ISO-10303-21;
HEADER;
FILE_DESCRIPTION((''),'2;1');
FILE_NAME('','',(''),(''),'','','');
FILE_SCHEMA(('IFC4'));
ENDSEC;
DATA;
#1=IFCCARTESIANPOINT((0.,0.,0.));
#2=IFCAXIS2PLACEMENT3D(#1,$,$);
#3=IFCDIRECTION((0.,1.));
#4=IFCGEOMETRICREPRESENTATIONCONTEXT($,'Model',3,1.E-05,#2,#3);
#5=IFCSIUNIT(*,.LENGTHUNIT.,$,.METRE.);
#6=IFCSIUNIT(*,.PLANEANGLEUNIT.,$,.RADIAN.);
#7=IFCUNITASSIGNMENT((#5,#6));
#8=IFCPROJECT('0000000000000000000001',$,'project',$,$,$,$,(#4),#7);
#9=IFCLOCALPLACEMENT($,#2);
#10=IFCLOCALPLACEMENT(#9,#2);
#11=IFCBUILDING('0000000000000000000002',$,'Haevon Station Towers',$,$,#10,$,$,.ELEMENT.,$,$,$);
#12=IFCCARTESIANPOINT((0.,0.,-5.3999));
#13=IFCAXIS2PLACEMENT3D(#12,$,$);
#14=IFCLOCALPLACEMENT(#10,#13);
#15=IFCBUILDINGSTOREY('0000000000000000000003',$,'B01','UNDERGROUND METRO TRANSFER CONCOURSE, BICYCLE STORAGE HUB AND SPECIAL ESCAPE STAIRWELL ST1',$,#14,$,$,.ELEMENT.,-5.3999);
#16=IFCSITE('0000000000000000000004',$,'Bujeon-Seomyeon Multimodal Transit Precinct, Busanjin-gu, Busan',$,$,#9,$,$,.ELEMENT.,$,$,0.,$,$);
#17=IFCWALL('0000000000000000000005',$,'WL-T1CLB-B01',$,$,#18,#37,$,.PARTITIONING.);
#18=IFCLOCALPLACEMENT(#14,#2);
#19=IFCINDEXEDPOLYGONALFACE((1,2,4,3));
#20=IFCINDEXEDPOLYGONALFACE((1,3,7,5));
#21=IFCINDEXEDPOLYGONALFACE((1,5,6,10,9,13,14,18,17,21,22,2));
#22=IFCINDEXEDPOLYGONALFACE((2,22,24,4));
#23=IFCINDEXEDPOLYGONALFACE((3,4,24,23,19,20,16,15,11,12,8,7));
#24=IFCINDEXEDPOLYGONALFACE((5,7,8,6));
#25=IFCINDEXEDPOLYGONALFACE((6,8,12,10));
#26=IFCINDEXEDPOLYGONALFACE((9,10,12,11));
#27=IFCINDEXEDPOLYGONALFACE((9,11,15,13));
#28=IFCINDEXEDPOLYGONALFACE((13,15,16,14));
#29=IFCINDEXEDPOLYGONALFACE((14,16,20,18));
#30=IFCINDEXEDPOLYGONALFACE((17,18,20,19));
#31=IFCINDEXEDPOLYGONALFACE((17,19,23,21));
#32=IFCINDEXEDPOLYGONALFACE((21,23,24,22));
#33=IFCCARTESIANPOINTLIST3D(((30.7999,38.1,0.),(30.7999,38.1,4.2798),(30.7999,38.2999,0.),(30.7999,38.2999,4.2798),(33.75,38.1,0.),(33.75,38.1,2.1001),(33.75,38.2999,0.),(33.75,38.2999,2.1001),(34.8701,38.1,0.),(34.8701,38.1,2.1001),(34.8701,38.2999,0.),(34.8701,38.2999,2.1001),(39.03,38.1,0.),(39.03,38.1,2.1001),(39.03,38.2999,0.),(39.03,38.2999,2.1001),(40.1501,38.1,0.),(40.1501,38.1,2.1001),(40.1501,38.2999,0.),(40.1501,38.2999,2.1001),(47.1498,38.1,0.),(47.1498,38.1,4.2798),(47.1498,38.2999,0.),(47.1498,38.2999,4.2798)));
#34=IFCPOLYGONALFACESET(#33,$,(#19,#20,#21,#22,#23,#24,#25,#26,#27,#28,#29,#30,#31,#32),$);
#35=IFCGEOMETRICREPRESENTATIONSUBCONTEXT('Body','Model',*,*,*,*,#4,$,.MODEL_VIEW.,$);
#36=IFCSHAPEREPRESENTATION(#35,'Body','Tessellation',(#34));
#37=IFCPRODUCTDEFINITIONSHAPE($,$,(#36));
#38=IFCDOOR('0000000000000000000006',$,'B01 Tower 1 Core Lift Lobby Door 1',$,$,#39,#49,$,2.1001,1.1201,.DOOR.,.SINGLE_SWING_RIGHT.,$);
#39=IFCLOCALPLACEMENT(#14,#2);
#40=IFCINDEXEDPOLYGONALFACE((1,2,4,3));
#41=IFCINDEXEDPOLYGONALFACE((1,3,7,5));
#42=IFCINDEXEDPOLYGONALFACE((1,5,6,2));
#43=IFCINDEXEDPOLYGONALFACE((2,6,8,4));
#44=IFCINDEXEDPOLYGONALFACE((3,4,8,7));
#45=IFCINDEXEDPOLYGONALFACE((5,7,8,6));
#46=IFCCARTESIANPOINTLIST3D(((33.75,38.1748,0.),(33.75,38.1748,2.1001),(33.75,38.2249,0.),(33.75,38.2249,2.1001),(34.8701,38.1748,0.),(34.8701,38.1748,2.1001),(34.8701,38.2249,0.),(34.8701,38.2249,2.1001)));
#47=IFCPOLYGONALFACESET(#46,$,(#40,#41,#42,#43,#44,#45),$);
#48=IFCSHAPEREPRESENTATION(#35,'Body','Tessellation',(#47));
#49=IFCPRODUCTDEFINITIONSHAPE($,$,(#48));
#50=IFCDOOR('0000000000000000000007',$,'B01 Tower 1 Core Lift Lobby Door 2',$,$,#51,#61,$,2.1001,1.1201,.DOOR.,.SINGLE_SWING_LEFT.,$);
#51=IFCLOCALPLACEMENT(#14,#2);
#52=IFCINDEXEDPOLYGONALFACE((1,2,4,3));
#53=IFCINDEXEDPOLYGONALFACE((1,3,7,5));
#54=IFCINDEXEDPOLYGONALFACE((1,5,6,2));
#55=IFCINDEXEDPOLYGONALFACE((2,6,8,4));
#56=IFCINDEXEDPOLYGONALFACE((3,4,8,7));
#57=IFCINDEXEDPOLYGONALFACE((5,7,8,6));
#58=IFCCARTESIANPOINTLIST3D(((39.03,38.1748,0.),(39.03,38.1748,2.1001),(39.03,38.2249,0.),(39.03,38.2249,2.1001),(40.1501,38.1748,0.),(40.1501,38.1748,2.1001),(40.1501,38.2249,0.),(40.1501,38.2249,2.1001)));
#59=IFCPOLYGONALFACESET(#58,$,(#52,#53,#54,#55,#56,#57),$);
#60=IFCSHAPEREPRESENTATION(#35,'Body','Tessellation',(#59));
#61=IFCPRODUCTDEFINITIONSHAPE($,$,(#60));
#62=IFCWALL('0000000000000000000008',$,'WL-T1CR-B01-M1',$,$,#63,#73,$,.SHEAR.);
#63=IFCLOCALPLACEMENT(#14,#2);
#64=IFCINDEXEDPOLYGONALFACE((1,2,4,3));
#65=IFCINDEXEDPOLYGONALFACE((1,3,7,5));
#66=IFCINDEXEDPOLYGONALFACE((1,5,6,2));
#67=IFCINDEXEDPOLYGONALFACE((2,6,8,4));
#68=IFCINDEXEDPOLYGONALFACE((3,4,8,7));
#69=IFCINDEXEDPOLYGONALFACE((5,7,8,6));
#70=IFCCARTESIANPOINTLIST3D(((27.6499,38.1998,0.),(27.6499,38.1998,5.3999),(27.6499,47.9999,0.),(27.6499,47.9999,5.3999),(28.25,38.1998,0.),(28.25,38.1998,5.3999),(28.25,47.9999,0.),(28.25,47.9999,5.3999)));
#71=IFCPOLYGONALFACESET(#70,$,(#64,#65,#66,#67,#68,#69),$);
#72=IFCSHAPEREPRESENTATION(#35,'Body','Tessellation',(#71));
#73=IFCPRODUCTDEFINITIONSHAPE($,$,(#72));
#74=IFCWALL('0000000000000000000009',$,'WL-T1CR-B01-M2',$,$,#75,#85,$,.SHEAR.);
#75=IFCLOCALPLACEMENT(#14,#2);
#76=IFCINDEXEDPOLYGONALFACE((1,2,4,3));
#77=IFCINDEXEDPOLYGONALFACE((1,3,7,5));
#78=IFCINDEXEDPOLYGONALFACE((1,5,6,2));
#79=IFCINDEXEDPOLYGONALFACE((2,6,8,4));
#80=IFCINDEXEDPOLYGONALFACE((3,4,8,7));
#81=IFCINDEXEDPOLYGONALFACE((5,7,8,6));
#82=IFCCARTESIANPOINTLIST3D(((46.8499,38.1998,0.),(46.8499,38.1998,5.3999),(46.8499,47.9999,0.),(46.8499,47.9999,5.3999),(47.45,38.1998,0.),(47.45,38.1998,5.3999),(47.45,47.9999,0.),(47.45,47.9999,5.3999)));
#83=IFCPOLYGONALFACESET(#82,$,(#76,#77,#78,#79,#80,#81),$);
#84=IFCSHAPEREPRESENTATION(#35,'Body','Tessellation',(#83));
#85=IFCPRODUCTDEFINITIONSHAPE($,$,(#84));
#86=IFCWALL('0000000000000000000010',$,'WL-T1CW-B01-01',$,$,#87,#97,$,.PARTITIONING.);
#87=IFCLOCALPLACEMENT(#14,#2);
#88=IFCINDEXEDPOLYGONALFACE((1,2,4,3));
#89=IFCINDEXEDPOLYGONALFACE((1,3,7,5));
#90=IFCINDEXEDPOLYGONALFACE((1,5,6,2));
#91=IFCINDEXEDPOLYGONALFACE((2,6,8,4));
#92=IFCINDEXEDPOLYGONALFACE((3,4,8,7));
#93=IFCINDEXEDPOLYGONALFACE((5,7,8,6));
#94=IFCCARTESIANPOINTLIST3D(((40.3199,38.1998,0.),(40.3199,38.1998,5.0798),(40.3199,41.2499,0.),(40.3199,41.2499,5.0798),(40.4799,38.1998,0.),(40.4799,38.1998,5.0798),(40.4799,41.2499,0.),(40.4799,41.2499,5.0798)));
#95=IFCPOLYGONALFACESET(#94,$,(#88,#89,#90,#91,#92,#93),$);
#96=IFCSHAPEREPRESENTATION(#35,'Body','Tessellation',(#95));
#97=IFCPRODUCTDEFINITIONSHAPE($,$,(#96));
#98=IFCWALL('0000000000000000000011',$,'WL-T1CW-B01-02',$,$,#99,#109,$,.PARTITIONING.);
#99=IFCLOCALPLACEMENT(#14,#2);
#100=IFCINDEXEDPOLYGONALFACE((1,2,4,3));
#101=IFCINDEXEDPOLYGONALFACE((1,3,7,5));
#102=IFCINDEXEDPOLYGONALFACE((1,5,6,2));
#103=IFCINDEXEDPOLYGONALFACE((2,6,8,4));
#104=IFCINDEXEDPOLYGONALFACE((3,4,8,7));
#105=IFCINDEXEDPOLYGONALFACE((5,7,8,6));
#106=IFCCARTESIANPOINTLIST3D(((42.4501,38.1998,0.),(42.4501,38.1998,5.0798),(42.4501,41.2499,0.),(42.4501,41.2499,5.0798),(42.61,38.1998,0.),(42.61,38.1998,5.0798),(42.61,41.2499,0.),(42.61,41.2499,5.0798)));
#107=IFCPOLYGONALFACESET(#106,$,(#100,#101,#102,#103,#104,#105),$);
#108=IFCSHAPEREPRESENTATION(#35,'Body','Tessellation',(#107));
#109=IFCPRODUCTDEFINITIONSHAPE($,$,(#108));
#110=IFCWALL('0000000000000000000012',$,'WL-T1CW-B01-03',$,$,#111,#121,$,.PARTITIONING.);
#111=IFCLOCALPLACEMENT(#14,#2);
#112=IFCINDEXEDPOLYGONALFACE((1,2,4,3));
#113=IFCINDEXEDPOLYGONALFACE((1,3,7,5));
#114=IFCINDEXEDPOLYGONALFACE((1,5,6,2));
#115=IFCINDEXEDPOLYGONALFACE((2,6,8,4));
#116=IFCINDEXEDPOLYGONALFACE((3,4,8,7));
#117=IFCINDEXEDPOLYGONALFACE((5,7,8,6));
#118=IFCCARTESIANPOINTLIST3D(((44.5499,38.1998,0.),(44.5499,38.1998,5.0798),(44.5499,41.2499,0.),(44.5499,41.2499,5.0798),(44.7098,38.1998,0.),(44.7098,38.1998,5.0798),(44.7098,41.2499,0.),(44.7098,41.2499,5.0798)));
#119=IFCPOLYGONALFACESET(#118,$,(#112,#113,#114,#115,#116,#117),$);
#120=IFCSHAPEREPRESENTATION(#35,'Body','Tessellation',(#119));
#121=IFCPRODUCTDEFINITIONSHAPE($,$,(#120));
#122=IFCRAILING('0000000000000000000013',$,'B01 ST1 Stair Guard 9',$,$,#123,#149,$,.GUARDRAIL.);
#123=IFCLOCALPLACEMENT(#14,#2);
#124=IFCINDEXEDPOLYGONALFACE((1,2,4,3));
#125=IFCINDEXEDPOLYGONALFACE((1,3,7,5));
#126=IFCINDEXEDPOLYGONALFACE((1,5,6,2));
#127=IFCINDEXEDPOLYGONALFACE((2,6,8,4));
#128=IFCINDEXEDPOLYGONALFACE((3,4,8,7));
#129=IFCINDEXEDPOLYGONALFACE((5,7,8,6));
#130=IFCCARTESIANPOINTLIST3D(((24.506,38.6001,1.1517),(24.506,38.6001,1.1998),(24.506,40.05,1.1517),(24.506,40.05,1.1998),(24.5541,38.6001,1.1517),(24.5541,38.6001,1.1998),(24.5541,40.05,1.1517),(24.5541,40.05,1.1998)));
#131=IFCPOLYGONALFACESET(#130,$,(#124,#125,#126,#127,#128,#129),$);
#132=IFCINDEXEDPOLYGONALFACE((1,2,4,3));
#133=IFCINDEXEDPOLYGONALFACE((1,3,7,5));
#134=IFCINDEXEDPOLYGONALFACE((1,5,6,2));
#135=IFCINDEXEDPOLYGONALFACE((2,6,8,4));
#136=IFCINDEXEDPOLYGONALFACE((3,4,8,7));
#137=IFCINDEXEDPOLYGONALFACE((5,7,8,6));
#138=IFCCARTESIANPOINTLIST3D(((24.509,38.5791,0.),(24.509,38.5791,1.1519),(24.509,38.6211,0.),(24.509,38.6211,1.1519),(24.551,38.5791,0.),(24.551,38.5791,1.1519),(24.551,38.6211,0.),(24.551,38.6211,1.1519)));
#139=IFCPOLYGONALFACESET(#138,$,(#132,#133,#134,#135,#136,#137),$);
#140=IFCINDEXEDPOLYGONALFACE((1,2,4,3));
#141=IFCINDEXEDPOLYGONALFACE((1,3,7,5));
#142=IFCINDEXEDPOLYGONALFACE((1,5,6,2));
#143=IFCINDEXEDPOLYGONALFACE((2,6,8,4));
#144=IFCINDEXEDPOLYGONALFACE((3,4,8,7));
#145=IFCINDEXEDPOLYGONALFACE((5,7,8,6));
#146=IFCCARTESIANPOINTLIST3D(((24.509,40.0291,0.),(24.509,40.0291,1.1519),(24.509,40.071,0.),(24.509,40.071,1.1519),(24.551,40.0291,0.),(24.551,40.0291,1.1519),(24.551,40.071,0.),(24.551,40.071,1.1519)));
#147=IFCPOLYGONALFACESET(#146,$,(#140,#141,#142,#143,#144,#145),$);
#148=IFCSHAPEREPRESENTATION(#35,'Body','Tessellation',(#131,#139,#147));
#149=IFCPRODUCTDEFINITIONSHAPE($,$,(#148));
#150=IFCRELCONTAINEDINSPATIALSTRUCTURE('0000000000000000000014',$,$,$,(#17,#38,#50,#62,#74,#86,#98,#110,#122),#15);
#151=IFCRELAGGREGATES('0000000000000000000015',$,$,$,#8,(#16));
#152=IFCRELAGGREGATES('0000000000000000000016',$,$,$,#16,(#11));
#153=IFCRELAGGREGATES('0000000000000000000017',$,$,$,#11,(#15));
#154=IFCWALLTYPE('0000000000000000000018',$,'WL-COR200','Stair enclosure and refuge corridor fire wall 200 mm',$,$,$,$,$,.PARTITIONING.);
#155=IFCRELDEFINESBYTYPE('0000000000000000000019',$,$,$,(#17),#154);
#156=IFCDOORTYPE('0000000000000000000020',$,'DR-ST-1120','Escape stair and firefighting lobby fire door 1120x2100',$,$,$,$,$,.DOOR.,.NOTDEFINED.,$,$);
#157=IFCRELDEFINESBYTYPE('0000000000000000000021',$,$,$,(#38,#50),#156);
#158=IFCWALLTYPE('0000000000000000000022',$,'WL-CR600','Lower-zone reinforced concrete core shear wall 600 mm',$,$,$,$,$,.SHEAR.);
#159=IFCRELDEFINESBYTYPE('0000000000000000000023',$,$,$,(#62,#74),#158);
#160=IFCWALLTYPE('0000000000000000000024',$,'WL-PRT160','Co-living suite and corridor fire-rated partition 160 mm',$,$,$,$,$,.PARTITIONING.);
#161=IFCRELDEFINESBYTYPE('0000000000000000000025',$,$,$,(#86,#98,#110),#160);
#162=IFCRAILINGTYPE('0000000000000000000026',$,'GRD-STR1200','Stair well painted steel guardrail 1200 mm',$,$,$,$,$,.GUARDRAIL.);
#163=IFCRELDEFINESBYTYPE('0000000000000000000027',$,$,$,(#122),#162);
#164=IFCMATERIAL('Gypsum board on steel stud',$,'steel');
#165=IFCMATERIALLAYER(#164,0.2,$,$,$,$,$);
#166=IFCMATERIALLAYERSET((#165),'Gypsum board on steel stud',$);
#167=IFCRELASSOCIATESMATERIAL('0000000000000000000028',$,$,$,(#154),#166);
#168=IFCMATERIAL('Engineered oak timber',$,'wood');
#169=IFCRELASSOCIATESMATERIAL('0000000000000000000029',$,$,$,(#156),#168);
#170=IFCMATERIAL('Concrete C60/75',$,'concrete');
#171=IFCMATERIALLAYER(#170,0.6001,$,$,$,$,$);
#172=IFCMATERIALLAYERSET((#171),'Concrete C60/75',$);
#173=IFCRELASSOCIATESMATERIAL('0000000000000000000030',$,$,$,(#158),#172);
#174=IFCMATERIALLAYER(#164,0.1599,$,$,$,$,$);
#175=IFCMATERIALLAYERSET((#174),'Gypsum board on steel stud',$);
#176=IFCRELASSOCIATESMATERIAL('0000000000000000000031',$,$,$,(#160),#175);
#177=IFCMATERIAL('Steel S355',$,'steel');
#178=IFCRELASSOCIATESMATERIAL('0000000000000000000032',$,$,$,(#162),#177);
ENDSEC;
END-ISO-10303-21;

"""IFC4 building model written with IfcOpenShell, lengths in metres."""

from ifc_helpers import new_model, si_unit, direction, frame, frame_2d, origin, origin_2d, place, context, subcontext, project, spatial, rectangle, extrude, material, layer, layer_set, type_object, element, fill, save


model = new_model("IFC4")

# Units and contexts
model_context = context("Model", 3, precision=1e-05, world=origin(), true_north=direction((0.0, 1.0)))
body_context = subcontext(model_context, "Body", "Model", "MODEL_VIEW")
ifc_project = project(units=[si_unit("LENGTHUNIT", "METRE"), si_unit("PLANEANGLEUNIT", "RADIAN")], contexts=[model_context])

# Site, building, storey
site_placement = place(None, origin())
site = spatial("IfcSite", under=ifc_project, at=site_placement, Name="Bujeon-Seomyeon Multimodal Transit Precinct, Busanjin-gu, Busan", CompositionType="ELEMENT", RefElevation=0.0)
building_placement = place(site_placement, origin())
building = spatial("IfcBuilding", under=site, at=building_placement, Name="Haevon Station Towers", CompositionType="ELEMENT")
storey_placement = place(building_placement, frame((0.0, 0.0, -5.3999)))
storey = spatial("IfcBuildingStorey", under=building, at=storey_placement, Name="B01", Description="UNDERGROUND METRO TRANSFER CONCOURSE, BICYCLE STORAGE HUB AND SPECIAL ESCAPE STAIRWELL ST1", CompositionType="ELEMENT", Elevation=-5.3999)

# Shared definitions
ifc_material_1 = material(Name="Steel S355", Category="steel")

# Shared definitions
ifc_material_2 = material(Name="Gypsum board on steel stud", Category="steel")
ifc_layer_1 = layer(ifc_material_2, 0.2)
ifc_layer_set_1 = layer_set([ifc_layer_1], Name="Gypsum board on steel stud")
wall_type_1 = type_object("IfcWallType", Name="WL-COR200", Description="Stair enclosure and refuge corridor fire wall 200 mm", PredefinedType="PARTITIONING", material=ifc_layer_set_1)
ifc_material_3 = material(Name="Engineered oak timber", Category="wood")
door_type_1 = type_object("IfcDoorType", Name="DR-ST-1120", Description="Escape stair and firefighting lobby fire door 1120x2100", OperationType="NOTDEFINED", PredefinedType="DOOR", material=ifc_material_3)

# Wall, openings, doors
wall_1_placement = place(storey_placement, frame((30.8, 38.2, 0.0), z_axis=(0.0, 0.0, 1.0), x_axis=(1.0, 0.0, 0.0)))
wall_1 = element("IfcWall", 1, at=wall_1_placement, inside=storey, type_object=wall_type_1, Name="WL-T1CLB-B01", PredefinedType="PARTITIONING", context=body_context, shape_type="SweptSolid", body=[
    extrude(rectangle(XDim=16.3499, YDim=0.2, at=frame_2d((8.1748, 0.0))), origin(), (0.0, 0.0, 1.0), 4.2798),
])
opening_1_placement = place(wall_1_placement, frame((2.95, 0.0, 0.0)))
opening_1 = element("IfcOpeningElement", 2, at=opening_1_placement, cuts=wall_1, PredefinedType="OPENING", context=body_context, shape_type="SweptSolid", body=[
    extrude(rectangle(XDim=1.1201, YDim=2.1001, at=frame_2d((0.5601, 1.05))), frame((0.0, 0.1099, 0.0), z_axis=(0.0, -1.0, 0.0), x_axis=(1.0, 0.0, 0.0)), (0.0, 0.0, 1.0), 0.22),
])
opening_2_placement = place(wall_1_placement, frame((8.23, 0.0, 0.0)))
opening_2 = element("IfcOpeningElement", 3, at=opening_2_placement, cuts=wall_1, PredefinedType="OPENING", context=body_context, shape_type="SweptSolid", body=[
    extrude(rectangle(XDim=1.1201, YDim=2.1001, at=frame_2d((0.5601, 1.05))), frame((0.0, 0.1099, 0.0), z_axis=(0.0, -1.0, 0.0), x_axis=(1.0, 0.0, 0.0)), (0.0, 0.0, 1.0), 0.22),
])
door_1_placement = place(opening_1_placement, origin())
door_1 = element("IfcDoor", 4, at=door_1_placement, inside=storey, type_object=door_type_1, Name="B01 Tower 1 Core Lift Lobby Door 1", OperationType="SINGLE_SWING_RIGHT", OverallHeight=2.1001, OverallWidth=1.1201, PredefinedType="DOOR", context=body_context, shape_type="SweptSolid", body=[
    extrude(rectangle(XDim=1.1201, YDim=2.1001, at=frame_2d((0.5601, 1.05))), frame((0.0, 0.0249, 0.0), z_axis=(0.0, -1.0, 0.0), x_axis=(1.0, 0.0, 0.0)), (0.0, 0.0, 1.0), 0.05),
])
fill(opening_1, door_1)
door_2_placement = place(opening_2_placement, origin())
door_2 = element("IfcDoor", 5, at=door_2_placement, inside=storey, type_object=door_type_1, Name="B01 Tower 1 Core Lift Lobby Door 2", OperationType="SINGLE_SWING_LEFT", OverallHeight=2.1001, OverallWidth=1.1201, PredefinedType="DOOR", context=body_context, shape_type="SweptSolid", body=[
    extrude(rectangle(XDim=1.1201, YDim=2.1001, at=frame_2d((0.5601, 1.05))), frame((0.0, 0.0249, 0.0), z_axis=(0.0, -1.0, 0.0), x_axis=(1.0, 0.0, 0.0)), (0.0, 0.0, 1.0), 0.05),
])
fill(opening_2, door_2)

# Walls
ifc_material_4 = material(Name="Concrete C60/75", Category="concrete")
ifc_layer_2 = layer(ifc_material_4, 0.6001)
ifc_layer_set_2 = layer_set([ifc_layer_2], Name="Concrete C60/75")
wall_type_2 = type_object("IfcWallType", Name="WL-CR600", Description="Lower-zone reinforced concrete core shear wall 600 mm", PredefinedType="SHEAR", material=ifc_layer_set_2)
for number, where, z_axis, x_axis, name in (
    (6, (27.95, 38.2, 0.0), (0.0, 0.0, 1.0), (0.0, 1.0, 0.0), "WL-T1CR-B01-M1"),
    (7, (47.1499, 38.2, 0.0), (0.0, 0.0, 1.0), (0.0, 1.0, 0.0), "WL-T1CR-B01-M2"),
):
    element("IfcWall", number, at=place(storey_placement, frame(where, z_axis=z_axis, x_axis=x_axis)), inside=storey, type_object=wall_type_2, Name=name, PredefinedType="SHEAR", context=body_context, shape_type="SweptSolid", body=[
        extrude(rectangle(XDim=9.8, YDim=0.6001, at=frame_2d((4.8999, 0.0))), origin(), (0.0, 0.0, 1.0), 5.3999),
    ])
ifc_layer_3 = layer(ifc_material_2, 0.1599)
ifc_layer_set_3 = layer_set([ifc_layer_3], Name="Gypsum board on steel stud")
wall_type_3 = type_object("IfcWallType", Name="WL-PRT160", Description="Co-living suite and corridor fire-rated partition 160 mm", PredefinedType="PARTITIONING", material=ifc_layer_set_3)
for number, where, z_axis, x_axis, name in (
    (8, (40.3999, 38.2, 0.0), (0.0, 0.0, 1.0), (0.0, 1.0, 0.0), "WL-T1CW-B01-01"),
    (9, (42.53, 38.2, 0.0), (0.0, 0.0, 1.0), (0.0, 1.0, 0.0), "WL-T1CW-B01-02"),
    (10, (44.6299, 38.2, 0.0), (0.0, 0.0, 1.0), (0.0, 1.0, 0.0), "WL-T1CW-B01-03"),
):
    element("IfcWall", number, at=place(storey_placement, frame(where, z_axis=z_axis, x_axis=x_axis)), inside=storey, type_object=wall_type_3, Name=name, PredefinedType="PARTITIONING", context=body_context, shape_type="SweptSolid", body=[
        extrude(rectangle(XDim=3.05, YDim=0.1599, at=frame_2d((1.5249, 0.0))), origin(), (0.0, 0.0, 1.0), 5.0798),
    ])

# Railing
railing_type = type_object("IfcRailingType", Name="GRD-STR1200", Description="Stair well painted steel guardrail 1200 mm", PredefinedType="GUARDRAIL", material=ifc_material_1)
railing_placement = place(storey_placement, frame((24.53, 38.6001, 0.0)))
element("IfcRailing", 11, at=railing_placement, inside=storey, type_object=railing_type, Name="B01 ST1 Stair Guard 9", PredefinedType="GUARDRAIL", context=body_context, shape_type="SweptSolid", body=[
    extrude(rectangle(XDim=0.0481, YDim=0.0481, at=origin_2d()), frame((0.0, 0.0, 1.1758), z_axis=(0.0, 1.0, 0.0), x_axis=(-1.0, 0.0, 0.0)), (0.0, 0.0, 1.0), 1.45),
    extrude(rectangle(XDim=0.042, YDim=0.042, at=origin_2d()), origin(), (0.0, 0.0, 1.0), 1.1519),
    extrude(rectangle(XDim=0.042, YDim=0.042, at=origin_2d()), frame((0.0, 1.45, 0.0)), (0.0, 0.0, 1.0), 1.1519),
])

save(model, "model.ifc")
